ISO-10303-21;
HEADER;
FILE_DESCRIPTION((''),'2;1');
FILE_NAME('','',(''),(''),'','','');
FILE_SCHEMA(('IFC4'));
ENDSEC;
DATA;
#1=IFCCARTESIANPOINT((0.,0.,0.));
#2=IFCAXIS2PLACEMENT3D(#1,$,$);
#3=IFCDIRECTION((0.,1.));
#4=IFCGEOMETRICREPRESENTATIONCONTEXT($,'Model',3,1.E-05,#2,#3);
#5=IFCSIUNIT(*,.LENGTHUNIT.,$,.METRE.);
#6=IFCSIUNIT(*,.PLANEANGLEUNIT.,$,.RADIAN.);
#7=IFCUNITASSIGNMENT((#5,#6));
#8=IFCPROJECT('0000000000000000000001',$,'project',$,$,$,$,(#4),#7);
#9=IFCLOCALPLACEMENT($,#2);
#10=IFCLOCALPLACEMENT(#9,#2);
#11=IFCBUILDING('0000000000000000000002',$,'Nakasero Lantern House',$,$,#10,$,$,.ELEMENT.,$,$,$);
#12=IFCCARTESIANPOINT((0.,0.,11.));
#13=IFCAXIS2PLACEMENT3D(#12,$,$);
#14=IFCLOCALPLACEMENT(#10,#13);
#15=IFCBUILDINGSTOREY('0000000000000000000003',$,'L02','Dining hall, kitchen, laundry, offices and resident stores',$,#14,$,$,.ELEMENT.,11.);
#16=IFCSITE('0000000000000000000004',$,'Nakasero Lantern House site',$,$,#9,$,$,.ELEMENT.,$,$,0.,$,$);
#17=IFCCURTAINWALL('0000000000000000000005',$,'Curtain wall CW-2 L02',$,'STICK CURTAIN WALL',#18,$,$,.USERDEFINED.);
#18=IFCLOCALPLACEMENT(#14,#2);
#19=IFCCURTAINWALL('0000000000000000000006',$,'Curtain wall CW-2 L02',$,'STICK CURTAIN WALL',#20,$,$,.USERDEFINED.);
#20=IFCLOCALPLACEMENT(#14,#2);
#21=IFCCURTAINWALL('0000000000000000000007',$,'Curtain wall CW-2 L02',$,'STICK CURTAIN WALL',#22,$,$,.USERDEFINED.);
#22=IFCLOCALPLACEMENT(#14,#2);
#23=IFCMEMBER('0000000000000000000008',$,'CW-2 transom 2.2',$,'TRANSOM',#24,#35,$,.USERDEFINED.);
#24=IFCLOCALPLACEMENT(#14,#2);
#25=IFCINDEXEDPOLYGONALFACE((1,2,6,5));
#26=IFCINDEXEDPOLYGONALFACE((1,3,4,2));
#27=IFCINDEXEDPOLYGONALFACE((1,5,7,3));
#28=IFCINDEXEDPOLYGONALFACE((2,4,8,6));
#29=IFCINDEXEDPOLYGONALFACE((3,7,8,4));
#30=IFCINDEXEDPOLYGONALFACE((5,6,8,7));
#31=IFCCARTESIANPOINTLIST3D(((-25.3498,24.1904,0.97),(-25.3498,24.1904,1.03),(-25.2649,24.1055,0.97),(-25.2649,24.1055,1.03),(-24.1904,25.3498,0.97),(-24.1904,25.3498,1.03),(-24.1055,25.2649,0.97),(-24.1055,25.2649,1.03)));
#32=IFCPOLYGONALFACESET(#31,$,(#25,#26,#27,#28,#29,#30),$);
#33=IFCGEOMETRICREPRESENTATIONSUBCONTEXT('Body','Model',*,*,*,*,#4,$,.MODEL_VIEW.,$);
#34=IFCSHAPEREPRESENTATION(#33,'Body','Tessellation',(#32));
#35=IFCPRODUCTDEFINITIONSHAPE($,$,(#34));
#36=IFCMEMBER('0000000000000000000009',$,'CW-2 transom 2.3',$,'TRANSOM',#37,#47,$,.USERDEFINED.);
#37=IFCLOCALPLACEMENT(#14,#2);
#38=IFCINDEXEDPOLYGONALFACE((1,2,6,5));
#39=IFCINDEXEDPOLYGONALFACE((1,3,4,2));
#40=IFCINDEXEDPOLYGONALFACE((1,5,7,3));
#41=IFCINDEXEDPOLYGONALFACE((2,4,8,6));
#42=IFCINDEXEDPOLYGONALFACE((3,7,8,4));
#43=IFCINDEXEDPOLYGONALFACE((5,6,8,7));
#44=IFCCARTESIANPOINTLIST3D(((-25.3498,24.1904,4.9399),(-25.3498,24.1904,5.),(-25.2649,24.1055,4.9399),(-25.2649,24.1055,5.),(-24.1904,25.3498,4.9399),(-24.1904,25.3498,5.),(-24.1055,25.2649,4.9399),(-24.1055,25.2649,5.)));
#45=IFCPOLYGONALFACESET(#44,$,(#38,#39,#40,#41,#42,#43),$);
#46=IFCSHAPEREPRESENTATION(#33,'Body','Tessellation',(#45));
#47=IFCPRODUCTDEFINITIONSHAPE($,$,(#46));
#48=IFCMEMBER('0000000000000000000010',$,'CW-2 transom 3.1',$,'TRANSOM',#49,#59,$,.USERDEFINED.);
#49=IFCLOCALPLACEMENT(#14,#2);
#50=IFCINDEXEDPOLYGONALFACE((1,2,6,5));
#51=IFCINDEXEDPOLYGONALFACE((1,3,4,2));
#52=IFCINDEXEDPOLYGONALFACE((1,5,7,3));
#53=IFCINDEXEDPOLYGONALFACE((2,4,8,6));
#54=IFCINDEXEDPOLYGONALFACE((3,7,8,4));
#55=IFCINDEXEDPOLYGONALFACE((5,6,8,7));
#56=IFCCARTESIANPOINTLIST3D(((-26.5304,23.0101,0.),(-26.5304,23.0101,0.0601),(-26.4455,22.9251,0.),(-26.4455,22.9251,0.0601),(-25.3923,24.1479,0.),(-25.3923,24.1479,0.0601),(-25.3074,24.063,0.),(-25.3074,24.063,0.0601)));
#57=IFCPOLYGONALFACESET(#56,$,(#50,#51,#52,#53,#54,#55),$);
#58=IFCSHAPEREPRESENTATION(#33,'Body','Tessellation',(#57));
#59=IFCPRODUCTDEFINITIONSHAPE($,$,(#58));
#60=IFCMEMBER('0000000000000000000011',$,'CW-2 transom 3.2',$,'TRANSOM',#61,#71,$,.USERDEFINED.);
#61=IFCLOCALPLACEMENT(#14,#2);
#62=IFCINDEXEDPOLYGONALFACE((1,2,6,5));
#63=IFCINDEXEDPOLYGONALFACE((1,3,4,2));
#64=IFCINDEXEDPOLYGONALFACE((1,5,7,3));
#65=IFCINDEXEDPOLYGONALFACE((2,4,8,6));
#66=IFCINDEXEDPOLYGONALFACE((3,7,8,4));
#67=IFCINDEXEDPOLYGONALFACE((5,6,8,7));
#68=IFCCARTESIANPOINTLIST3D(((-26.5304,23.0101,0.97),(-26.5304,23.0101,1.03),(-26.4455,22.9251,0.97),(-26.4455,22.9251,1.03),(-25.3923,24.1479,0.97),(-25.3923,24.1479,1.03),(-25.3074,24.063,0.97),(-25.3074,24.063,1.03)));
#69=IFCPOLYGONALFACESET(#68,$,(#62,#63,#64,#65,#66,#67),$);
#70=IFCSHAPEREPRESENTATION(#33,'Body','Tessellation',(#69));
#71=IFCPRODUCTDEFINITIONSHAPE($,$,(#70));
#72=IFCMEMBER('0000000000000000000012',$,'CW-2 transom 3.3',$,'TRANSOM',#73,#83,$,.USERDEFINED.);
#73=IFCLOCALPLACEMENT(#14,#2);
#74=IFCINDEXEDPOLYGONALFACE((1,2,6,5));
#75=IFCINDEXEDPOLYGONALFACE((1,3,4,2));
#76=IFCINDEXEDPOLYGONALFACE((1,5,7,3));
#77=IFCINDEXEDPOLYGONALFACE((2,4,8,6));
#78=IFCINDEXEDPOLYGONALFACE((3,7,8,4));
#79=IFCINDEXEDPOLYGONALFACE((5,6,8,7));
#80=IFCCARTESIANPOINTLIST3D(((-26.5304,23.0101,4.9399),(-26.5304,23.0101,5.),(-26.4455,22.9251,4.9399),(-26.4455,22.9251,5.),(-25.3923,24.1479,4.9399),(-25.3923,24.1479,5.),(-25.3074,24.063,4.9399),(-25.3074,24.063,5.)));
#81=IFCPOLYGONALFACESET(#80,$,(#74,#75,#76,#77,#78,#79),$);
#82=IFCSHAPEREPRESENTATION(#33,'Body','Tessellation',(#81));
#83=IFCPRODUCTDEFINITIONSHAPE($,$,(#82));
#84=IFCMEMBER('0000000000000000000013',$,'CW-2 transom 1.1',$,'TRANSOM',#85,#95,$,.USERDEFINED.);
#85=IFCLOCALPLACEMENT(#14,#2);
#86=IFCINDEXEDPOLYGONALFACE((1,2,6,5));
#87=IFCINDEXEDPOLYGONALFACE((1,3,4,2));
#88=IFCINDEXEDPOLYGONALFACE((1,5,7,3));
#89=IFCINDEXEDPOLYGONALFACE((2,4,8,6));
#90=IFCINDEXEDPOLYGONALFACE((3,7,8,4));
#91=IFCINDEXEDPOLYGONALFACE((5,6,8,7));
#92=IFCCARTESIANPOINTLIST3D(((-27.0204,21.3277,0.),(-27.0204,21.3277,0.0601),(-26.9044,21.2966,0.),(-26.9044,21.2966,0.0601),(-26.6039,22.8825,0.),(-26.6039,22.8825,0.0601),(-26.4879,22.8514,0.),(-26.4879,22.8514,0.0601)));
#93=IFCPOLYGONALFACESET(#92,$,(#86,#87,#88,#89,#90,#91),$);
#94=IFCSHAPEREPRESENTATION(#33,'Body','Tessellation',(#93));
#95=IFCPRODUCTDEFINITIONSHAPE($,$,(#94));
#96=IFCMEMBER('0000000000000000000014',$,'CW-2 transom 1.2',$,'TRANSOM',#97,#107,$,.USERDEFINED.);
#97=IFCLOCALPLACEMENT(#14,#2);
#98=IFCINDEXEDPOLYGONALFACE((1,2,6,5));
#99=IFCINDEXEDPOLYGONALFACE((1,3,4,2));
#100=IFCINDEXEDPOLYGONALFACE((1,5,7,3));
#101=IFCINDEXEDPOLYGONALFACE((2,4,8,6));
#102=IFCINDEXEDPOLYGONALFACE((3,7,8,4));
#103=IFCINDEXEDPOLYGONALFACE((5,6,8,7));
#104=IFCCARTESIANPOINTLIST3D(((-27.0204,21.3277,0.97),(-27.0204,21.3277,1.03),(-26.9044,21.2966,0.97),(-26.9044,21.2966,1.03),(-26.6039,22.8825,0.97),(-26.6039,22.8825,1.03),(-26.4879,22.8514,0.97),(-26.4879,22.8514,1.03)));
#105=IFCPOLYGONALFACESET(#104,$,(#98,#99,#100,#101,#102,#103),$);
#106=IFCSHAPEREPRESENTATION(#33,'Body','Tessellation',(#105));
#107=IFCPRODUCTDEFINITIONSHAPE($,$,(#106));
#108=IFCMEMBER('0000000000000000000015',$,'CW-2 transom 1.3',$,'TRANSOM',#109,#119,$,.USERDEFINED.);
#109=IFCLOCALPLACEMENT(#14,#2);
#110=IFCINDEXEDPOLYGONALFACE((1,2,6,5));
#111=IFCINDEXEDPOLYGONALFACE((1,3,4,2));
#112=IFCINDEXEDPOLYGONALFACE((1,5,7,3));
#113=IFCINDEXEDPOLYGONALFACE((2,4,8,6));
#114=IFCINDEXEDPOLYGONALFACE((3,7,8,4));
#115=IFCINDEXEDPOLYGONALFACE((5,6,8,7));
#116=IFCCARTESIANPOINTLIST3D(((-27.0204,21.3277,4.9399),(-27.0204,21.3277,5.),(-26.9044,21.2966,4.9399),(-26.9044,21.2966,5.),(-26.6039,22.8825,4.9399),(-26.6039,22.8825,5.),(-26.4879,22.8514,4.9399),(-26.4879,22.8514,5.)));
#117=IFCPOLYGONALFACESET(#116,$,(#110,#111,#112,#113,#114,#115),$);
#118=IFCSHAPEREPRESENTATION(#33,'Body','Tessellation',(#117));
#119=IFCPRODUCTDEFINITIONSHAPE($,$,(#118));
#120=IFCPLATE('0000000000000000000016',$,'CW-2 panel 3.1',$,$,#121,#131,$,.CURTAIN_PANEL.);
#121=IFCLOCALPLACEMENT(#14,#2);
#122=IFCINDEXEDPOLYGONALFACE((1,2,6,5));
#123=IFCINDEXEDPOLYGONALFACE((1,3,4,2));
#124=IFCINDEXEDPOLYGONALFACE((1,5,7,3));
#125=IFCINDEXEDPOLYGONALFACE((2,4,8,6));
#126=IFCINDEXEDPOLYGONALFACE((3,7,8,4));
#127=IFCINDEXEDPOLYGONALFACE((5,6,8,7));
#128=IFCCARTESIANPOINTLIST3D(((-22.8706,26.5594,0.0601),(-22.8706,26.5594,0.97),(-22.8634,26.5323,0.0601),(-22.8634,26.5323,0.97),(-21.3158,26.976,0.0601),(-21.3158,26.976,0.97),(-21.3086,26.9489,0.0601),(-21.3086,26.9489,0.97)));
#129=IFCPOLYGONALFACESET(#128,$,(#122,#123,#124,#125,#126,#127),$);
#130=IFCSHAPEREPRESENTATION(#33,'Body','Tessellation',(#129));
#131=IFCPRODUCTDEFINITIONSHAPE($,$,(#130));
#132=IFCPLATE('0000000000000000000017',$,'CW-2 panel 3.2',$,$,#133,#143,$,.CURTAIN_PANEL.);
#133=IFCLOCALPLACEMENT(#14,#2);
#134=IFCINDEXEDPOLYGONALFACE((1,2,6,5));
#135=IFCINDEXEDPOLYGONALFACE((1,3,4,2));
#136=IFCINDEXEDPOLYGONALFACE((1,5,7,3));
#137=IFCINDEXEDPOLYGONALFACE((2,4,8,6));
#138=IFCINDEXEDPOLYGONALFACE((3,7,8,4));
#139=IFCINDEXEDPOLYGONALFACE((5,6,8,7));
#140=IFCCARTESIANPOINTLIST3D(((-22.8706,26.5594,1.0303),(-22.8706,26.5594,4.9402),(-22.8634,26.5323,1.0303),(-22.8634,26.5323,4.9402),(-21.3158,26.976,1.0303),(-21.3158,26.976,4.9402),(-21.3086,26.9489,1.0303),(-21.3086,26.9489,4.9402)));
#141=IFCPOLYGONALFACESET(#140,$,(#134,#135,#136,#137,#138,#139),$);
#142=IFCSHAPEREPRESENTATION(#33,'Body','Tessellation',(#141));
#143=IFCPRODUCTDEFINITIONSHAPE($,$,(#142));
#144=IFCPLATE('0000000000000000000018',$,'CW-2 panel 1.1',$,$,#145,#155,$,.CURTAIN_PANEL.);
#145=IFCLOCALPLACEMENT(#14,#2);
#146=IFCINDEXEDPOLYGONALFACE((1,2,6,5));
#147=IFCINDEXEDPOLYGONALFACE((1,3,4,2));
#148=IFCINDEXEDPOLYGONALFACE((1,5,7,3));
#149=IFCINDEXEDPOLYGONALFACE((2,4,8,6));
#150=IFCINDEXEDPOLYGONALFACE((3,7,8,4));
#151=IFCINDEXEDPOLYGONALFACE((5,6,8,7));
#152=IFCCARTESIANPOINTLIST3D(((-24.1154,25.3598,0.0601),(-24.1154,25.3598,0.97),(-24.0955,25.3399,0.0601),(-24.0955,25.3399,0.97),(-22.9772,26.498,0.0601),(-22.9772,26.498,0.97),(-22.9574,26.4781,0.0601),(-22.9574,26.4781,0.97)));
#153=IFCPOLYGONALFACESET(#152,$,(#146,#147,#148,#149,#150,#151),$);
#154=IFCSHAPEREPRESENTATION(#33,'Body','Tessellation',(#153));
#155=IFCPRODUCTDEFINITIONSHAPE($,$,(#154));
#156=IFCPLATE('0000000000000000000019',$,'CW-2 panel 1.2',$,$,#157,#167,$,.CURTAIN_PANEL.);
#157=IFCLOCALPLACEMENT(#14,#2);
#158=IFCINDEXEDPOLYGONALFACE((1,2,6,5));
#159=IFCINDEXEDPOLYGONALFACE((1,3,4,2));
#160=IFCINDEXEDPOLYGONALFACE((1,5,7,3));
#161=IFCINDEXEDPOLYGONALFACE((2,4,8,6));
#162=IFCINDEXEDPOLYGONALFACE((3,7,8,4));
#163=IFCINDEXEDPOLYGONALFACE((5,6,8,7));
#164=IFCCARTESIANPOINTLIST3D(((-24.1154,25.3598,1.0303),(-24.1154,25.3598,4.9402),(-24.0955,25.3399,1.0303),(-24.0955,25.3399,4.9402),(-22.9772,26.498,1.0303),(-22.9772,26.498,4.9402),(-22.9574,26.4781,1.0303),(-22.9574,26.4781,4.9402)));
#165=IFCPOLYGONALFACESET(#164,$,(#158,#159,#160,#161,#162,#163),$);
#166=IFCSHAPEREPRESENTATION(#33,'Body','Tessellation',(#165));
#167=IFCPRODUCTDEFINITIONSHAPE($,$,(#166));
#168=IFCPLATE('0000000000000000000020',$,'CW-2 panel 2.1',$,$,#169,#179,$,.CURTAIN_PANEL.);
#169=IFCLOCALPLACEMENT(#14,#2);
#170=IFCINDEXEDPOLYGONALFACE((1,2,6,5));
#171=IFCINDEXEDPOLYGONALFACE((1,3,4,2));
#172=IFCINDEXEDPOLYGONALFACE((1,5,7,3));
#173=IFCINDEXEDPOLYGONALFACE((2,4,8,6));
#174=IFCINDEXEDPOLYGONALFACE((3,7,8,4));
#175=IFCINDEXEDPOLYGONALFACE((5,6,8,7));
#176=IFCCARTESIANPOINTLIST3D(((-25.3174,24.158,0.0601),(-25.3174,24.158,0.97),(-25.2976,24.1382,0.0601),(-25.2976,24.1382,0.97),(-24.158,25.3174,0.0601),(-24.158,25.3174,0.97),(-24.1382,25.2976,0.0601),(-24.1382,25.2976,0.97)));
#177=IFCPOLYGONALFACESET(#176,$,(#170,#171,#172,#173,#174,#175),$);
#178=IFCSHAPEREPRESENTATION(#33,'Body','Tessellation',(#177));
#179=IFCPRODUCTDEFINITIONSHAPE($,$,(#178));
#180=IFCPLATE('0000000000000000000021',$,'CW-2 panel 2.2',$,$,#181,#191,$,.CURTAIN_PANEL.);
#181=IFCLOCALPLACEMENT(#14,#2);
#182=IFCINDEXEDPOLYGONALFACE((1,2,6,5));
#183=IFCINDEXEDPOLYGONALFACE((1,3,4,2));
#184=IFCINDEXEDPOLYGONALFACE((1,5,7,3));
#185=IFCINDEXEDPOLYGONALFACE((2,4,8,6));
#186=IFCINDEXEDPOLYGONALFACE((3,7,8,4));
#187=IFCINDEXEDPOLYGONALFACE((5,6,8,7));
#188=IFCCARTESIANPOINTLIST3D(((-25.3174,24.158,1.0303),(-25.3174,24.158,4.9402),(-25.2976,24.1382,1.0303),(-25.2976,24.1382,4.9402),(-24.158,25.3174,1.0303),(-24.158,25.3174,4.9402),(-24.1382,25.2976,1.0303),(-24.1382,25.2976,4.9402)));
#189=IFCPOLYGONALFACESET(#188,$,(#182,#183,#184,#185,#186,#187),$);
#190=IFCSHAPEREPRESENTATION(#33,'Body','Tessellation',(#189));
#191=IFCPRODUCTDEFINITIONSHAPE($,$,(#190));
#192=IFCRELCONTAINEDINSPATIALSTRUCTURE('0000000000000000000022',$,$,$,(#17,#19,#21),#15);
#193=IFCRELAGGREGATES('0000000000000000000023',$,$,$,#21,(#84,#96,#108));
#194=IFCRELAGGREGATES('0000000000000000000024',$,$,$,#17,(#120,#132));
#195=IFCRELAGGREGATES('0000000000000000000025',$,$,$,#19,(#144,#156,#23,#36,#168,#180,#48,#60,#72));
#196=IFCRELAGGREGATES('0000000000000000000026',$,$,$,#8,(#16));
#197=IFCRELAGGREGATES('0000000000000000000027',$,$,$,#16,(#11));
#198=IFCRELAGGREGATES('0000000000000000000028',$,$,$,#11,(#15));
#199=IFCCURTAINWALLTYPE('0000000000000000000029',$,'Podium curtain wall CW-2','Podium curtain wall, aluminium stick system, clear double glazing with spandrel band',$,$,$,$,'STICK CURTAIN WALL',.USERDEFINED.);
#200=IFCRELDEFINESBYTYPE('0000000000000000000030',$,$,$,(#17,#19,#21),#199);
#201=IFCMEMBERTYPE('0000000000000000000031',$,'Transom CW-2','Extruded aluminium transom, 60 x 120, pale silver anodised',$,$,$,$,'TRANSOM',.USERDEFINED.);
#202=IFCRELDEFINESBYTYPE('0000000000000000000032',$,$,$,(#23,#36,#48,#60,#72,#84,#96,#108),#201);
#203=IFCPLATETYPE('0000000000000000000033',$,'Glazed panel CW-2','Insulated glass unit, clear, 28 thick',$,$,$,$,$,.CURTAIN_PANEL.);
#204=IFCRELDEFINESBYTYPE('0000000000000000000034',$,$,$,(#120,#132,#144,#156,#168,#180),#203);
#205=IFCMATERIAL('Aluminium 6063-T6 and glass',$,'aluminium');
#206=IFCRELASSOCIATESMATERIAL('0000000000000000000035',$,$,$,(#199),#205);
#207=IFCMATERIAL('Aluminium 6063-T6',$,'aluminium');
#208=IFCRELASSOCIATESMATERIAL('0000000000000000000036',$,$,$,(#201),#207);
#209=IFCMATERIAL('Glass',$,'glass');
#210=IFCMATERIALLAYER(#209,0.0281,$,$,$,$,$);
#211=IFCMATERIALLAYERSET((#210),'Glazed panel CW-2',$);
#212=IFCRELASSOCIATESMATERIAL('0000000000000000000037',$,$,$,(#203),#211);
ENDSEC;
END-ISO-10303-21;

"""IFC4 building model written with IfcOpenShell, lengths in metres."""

from ifc_helpers import new_model, si_unit, direction, frame, origin, origin_2d, place, context, subcontext, project, spatial, rectangle, extrude, material, layer, layer_set, material_profile, profile_set, type_object, element, aggregate, save


model = new_model("IFC4")

# Units and contexts
model_context = context("Model", 3, precision=1e-05, world=origin(), true_north=direction((0.0, 1.0)))
body_context = subcontext(model_context, "Body", "Model", "MODEL_VIEW")
ifc_project = project(units=[si_unit("LENGTHUNIT", "METRE"), si_unit("PLANEANGLEUNIT", "RADIAN")], contexts=[model_context])

# Site, building, storey
site_placement = place(None, origin())
site = spatial("IfcSite", under=ifc_project, at=site_placement, Name="Nakasero Lantern House site", CompositionType="ELEMENT", RefElevation=0.0)
building_placement = place(site_placement, origin())
building = spatial("IfcBuilding", under=site, at=building_placement, Name="Nakasero Lantern House", CompositionType="ELEMENT")
storey_placement = place(building_placement, frame((0.0, 0.0, 11.0)))
storey = spatial("IfcBuildingStorey", under=building, at=storey_placement, Name="L02", Description="Dining hall, kitchen, laundry, offices and resident stores", CompositionType="ELEMENT", Elevation=11.0)

# Curtain walls
ifc_material_1 = material(Name="Aluminium 6063-T6 and glass", Category="aluminium")
curtain_wall_type = type_object("IfcCurtainWallType", Name="Podium curtain wall CW-2", Description="Podium curtain wall, aluminium stick system, clear double glazing with spandrel band", ElementType="STICK CURTAIN WALL", PredefinedType="USERDEFINED", material=ifc_material_1)
curtain_wall_1_placement = place(storey_placement, origin())
curtain_wall_1 = element("IfcCurtainWall", 1, at=curtain_wall_1_placement, inside=storey, type_object=curtain_wall_type, Name="Curtain wall CW-2 L02", ObjectType="STICK CURTAIN WALL", PredefinedType="USERDEFINED")
curtain_wall_2_placement = place(storey_placement, origin())
curtain_wall_2 = element("IfcCurtainWall", 2, at=curtain_wall_2_placement, inside=storey, type_object=curtain_wall_type, Name="Curtain wall CW-2 L02", ObjectType="STICK CURTAIN WALL", PredefinedType="USERDEFINED")

# Curtain wall
curtain_wall_3_placement = place(storey_placement, origin())
curtain_wall_3 = element("IfcCurtainWall", 3, at=curtain_wall_3_placement, inside=storey, type_object=curtain_wall_type, Name="Curtain wall CW-2 L02", ObjectType="STICK CURTAIN WALL", PredefinedType="USERDEFINED")

# Members
ifc_material_2 = material(Name="Aluminium 6063-T6", Category="aluminium")
ifc_material_profile_1 = material_profile(ifc_material_2, rectangle(XDim=0.0601, YDim=0.1201, at=origin_2d()), Name="CW-2 transom 60x120")
ifc_profile_set_1 = profile_set([ifc_material_profile_1], Name="Aluminium 6063-T6")
member_type_1 = type_object("IfcMemberType", Name="Transom CW-2", Description="Extruded aluminium transom, 60 x 120, pale silver anodised", ElementType="TRANSOM", PredefinedType="USERDEFINED", material=ifc_profile_set_1)
member_1_placement = place(storey_placement, frame((-24.1479, 25.3074, 1.0), z_axis=(-0.707107, -0.707107, 0.0), x_axis=(0.0, 0.0, 1.0)))
member_1 = element("IfcMember", 4, at=member_1_placement, type_object=member_type_1, Name="CW-2 transom 2.2", ObjectType="TRANSOM", PredefinedType="USERDEFINED", context=body_context, shape_type="SweptSolid", body=[
    extrude(rectangle(XDim=0.0601, YDim=0.1201, at=origin_2d()), origin(), (0.0, 0.0, 1.0), 1.6396),
])
member_2_placement = place(storey_placement, frame((-24.1479, 25.3074, 4.97), z_axis=(-0.707107, -0.707107, 0.0), x_axis=(0.0, 0.0, 1.0)))
member_2 = element("IfcMember", 5, at=member_2_placement, type_object=member_type_1, Name="CW-2 transom 2.3", ObjectType="TRANSOM", PredefinedType="USERDEFINED", context=body_context, shape_type="SweptSolid", body=[
    extrude(rectangle(XDim=0.0601, YDim=0.1201, at=origin_2d()), origin(), (0.0, 0.0, 1.0), 1.6396),
])
member_3_placement = place(storey_placement, frame((-25.3499, 24.1055, 0.03), z_axis=(-0.707183, -0.707031, 0.0), x_axis=(0.0, 0.0, 1.0)))
member_3 = element("IfcMember", 6, at=member_3_placement, type_object=member_type_1, Name="CW-2 transom 3.1", ObjectType="TRANSOM", PredefinedType="USERDEFINED", context=body_context, shape_type="SweptSolid", body=[
    extrude(rectangle(XDim=0.0601, YDim=0.1201, at=origin_2d()), origin(), (0.0, 0.0, 1.0), 1.6094),
])
member_4_placement = place(storey_placement, frame((-25.3499, 24.1055, 1.0), z_axis=(-0.707183, -0.707031, 0.0), x_axis=(0.0, 0.0, 1.0)))
member_4 = element("IfcMember", 7, at=member_4_placement, type_object=member_type_1, Name="CW-2 transom 3.2", ObjectType="TRANSOM", PredefinedType="USERDEFINED", context=body_context, shape_type="SweptSolid", body=[
    extrude(rectangle(XDim=0.0601, YDim=0.1201, at=origin_2d()), origin(), (0.0, 0.0, 1.0), 1.6094),
])
member_5_placement = place(storey_placement, frame((-25.3499, 24.1055, 4.97), z_axis=(-0.707183, -0.707031, 0.0), x_axis=(0.0, 0.0, 1.0)))
member_5 = element("IfcMember", 8, at=member_5_placement, type_object=member_type_1, Name="CW-2 transom 3.3", ObjectType="TRANSOM", PredefinedType="USERDEFINED", context=body_context, shape_type="SweptSolid", body=[
    extrude(rectangle(XDim=0.0601, YDim=0.1201, at=origin_2d()), origin(), (0.0, 0.0, 1.0), 1.6094),
])
member_6_placement = place(storey_placement, frame((-26.5459, 22.8669, 0.03), z_axis=(-0.258777, -0.965937, 0.0), x_axis=(0.0, 0.0, 1.0)))
member_6 = element("IfcMember", 9, at=member_6_placement, type_object=member_type_1, Name="CW-2 transom 1.1", ObjectType="TRANSOM", PredefinedType="USERDEFINED", context=body_context, shape_type="SweptSolid", body=[
    extrude(rectangle(XDim=0.0601, YDim=0.1201, at=origin_2d()), origin(), (0.0, 0.0, 1.0), 1.6096),
])
member_7_placement = place(storey_placement, frame((-26.5459, 22.8669, 1.0), z_axis=(-0.258777, -0.965937, 0.0), x_axis=(0.0, 0.0, 1.0)))
member_7 = element("IfcMember", 10, at=member_7_placement, type_object=member_type_1, Name="CW-2 transom 1.2", ObjectType="TRANSOM", PredefinedType="USERDEFINED", context=body_context, shape_type="SweptSolid", body=[
    extrude(rectangle(XDim=0.0601, YDim=0.1201, at=origin_2d()), origin(), (0.0, 0.0, 1.0), 1.6096),
])
member_8_placement = place(storey_placement, frame((-26.5459, 22.8669, 4.97), z_axis=(-0.258777, -0.965937, 0.0), x_axis=(0.0, 0.0, 1.0)))
member_8 = element("IfcMember", 11, at=member_8_placement, type_object=member_type_1, Name="CW-2 transom 1.3", ObjectType="TRANSOM", PredefinedType="USERDEFINED", context=body_context, shape_type="SweptSolid", body=[
    extrude(rectangle(XDim=0.0601, YDim=0.1201, at=origin_2d()), origin(), (0.0, 0.0, 1.0), 1.6096),
])
aggregate(curtain_wall_3, [member_6, member_7, member_8])

# Plates
ifc_material_3 = material(Name="Glass", Category="glass")
ifc_layer = layer(ifc_material_3, 0.0281)
ifc_layer_set = layer_set([ifc_layer], Name="Glazed panel CW-2")
plate_type = type_object("IfcPlateType", Name="Glazed panel CW-2", Description="Insulated glass unit, clear, 28 thick", PredefinedType="CURTAIN_PANEL", material=ifc_layer_set)
plate_1_placement = place(storey_placement, frame((-22.0896, 26.7542, 0.0601), z_axis=(0.0, 0.0, 1.0), x_axis=(-0.965926, -0.258819, 0.0)))
plate_1 = element("IfcPlate", 12, at=plate_1_placement, type_object=plate_type, Name="CW-2 panel 3.1", PredefinedType="CURTAIN_PANEL", context=body_context, shape_type="SweptSolid", body=[
    extrude(rectangle(XDim=1.6096, YDim=0.0281, at=origin_2d()), origin(), (0.0, 0.0, 1.0), 0.9099),
])
plate_2_placement = place(storey_placement, frame((-22.0896, 26.7542, 1.0303), z_axis=(0.0, 0.0, 1.0), x_axis=(-0.965926, -0.258819, 0.0)))
plate_2 = element("IfcPlate", 13, at=plate_2_placement, type_object=plate_type, Name="CW-2 panel 3.2", PredefinedType="CURTAIN_PANEL", context=body_context, shape_type="SweptSolid", body=[
    extrude(rectangle(XDim=1.6096, YDim=0.0281, at=origin_2d()), origin(), (0.0, 0.0, 1.0), 3.9099),
])
aggregate(curtain_wall_1, [plate_1, plate_2])
plate_3_placement = place(storey_placement, frame((-23.5364, 25.9189, 0.0601), z_axis=(0.0, 0.0, 1.0), x_axis=(-0.707107, -0.707107, 0.0)))
plate_3 = element("IfcPlate", 14, at=plate_3_placement, type_object=plate_type, Name="CW-2 panel 1.1", PredefinedType="CURTAIN_PANEL", context=body_context, shape_type="SweptSolid", body=[
    extrude(rectangle(XDim=1.6096, YDim=0.0281, at=origin_2d()), origin(), (0.0, 0.0, 1.0), 0.9099),
])
plate_4_placement = place(storey_placement, frame((-23.5364, 25.9189, 1.0303), z_axis=(0.0, 0.0, 1.0), x_axis=(-0.707107, -0.707107, 0.0)))
plate_4 = element("IfcPlate", 15, at=plate_4_placement, type_object=plate_type, Name="CW-2 panel 1.2", PredefinedType="CURTAIN_PANEL", context=body_context, shape_type="SweptSolid", body=[
    extrude(rectangle(XDim=1.6096, YDim=0.0281, at=origin_2d()), origin(), (0.0, 0.0, 1.0), 3.9099),
])
plate_5_placement = place(storey_placement, frame((-24.7278, 24.7278, 0.0601), z_axis=(0.0, 0.0, 1.0), x_axis=(-0.707107, -0.707107, 0.0)))
plate_5 = element("IfcPlate", 16, at=plate_5_placement, type_object=plate_type, Name="CW-2 panel 2.1", PredefinedType="CURTAIN_PANEL", context=body_context, shape_type="SweptSolid", body=[
    extrude(rectangle(XDim=1.6396, YDim=0.0281, at=origin_2d()), origin(), (0.0, 0.0, 1.0), 0.9099),
])
plate_6_placement = place(storey_placement, frame((-24.7278, 24.7278, 1.0303), z_axis=(0.0, 0.0, 1.0), x_axis=(-0.707107, -0.707107, 0.0)))
plate_6 = element("IfcPlate", 17, at=plate_6_placement, type_object=plate_type, Name="CW-2 panel 2.2", PredefinedType="CURTAIN_PANEL", context=body_context, shape_type="SweptSolid", body=[
    extrude(rectangle(XDim=1.6396, YDim=0.0281, at=origin_2d()), origin(), (0.0, 0.0, 1.0), 3.9099),
])
aggregate(curtain_wall_2, [plate_3, plate_4, member_1, member_2, plate_5, plate_6, member_3, member_4, member_5])

save(model, "model.ifc")
